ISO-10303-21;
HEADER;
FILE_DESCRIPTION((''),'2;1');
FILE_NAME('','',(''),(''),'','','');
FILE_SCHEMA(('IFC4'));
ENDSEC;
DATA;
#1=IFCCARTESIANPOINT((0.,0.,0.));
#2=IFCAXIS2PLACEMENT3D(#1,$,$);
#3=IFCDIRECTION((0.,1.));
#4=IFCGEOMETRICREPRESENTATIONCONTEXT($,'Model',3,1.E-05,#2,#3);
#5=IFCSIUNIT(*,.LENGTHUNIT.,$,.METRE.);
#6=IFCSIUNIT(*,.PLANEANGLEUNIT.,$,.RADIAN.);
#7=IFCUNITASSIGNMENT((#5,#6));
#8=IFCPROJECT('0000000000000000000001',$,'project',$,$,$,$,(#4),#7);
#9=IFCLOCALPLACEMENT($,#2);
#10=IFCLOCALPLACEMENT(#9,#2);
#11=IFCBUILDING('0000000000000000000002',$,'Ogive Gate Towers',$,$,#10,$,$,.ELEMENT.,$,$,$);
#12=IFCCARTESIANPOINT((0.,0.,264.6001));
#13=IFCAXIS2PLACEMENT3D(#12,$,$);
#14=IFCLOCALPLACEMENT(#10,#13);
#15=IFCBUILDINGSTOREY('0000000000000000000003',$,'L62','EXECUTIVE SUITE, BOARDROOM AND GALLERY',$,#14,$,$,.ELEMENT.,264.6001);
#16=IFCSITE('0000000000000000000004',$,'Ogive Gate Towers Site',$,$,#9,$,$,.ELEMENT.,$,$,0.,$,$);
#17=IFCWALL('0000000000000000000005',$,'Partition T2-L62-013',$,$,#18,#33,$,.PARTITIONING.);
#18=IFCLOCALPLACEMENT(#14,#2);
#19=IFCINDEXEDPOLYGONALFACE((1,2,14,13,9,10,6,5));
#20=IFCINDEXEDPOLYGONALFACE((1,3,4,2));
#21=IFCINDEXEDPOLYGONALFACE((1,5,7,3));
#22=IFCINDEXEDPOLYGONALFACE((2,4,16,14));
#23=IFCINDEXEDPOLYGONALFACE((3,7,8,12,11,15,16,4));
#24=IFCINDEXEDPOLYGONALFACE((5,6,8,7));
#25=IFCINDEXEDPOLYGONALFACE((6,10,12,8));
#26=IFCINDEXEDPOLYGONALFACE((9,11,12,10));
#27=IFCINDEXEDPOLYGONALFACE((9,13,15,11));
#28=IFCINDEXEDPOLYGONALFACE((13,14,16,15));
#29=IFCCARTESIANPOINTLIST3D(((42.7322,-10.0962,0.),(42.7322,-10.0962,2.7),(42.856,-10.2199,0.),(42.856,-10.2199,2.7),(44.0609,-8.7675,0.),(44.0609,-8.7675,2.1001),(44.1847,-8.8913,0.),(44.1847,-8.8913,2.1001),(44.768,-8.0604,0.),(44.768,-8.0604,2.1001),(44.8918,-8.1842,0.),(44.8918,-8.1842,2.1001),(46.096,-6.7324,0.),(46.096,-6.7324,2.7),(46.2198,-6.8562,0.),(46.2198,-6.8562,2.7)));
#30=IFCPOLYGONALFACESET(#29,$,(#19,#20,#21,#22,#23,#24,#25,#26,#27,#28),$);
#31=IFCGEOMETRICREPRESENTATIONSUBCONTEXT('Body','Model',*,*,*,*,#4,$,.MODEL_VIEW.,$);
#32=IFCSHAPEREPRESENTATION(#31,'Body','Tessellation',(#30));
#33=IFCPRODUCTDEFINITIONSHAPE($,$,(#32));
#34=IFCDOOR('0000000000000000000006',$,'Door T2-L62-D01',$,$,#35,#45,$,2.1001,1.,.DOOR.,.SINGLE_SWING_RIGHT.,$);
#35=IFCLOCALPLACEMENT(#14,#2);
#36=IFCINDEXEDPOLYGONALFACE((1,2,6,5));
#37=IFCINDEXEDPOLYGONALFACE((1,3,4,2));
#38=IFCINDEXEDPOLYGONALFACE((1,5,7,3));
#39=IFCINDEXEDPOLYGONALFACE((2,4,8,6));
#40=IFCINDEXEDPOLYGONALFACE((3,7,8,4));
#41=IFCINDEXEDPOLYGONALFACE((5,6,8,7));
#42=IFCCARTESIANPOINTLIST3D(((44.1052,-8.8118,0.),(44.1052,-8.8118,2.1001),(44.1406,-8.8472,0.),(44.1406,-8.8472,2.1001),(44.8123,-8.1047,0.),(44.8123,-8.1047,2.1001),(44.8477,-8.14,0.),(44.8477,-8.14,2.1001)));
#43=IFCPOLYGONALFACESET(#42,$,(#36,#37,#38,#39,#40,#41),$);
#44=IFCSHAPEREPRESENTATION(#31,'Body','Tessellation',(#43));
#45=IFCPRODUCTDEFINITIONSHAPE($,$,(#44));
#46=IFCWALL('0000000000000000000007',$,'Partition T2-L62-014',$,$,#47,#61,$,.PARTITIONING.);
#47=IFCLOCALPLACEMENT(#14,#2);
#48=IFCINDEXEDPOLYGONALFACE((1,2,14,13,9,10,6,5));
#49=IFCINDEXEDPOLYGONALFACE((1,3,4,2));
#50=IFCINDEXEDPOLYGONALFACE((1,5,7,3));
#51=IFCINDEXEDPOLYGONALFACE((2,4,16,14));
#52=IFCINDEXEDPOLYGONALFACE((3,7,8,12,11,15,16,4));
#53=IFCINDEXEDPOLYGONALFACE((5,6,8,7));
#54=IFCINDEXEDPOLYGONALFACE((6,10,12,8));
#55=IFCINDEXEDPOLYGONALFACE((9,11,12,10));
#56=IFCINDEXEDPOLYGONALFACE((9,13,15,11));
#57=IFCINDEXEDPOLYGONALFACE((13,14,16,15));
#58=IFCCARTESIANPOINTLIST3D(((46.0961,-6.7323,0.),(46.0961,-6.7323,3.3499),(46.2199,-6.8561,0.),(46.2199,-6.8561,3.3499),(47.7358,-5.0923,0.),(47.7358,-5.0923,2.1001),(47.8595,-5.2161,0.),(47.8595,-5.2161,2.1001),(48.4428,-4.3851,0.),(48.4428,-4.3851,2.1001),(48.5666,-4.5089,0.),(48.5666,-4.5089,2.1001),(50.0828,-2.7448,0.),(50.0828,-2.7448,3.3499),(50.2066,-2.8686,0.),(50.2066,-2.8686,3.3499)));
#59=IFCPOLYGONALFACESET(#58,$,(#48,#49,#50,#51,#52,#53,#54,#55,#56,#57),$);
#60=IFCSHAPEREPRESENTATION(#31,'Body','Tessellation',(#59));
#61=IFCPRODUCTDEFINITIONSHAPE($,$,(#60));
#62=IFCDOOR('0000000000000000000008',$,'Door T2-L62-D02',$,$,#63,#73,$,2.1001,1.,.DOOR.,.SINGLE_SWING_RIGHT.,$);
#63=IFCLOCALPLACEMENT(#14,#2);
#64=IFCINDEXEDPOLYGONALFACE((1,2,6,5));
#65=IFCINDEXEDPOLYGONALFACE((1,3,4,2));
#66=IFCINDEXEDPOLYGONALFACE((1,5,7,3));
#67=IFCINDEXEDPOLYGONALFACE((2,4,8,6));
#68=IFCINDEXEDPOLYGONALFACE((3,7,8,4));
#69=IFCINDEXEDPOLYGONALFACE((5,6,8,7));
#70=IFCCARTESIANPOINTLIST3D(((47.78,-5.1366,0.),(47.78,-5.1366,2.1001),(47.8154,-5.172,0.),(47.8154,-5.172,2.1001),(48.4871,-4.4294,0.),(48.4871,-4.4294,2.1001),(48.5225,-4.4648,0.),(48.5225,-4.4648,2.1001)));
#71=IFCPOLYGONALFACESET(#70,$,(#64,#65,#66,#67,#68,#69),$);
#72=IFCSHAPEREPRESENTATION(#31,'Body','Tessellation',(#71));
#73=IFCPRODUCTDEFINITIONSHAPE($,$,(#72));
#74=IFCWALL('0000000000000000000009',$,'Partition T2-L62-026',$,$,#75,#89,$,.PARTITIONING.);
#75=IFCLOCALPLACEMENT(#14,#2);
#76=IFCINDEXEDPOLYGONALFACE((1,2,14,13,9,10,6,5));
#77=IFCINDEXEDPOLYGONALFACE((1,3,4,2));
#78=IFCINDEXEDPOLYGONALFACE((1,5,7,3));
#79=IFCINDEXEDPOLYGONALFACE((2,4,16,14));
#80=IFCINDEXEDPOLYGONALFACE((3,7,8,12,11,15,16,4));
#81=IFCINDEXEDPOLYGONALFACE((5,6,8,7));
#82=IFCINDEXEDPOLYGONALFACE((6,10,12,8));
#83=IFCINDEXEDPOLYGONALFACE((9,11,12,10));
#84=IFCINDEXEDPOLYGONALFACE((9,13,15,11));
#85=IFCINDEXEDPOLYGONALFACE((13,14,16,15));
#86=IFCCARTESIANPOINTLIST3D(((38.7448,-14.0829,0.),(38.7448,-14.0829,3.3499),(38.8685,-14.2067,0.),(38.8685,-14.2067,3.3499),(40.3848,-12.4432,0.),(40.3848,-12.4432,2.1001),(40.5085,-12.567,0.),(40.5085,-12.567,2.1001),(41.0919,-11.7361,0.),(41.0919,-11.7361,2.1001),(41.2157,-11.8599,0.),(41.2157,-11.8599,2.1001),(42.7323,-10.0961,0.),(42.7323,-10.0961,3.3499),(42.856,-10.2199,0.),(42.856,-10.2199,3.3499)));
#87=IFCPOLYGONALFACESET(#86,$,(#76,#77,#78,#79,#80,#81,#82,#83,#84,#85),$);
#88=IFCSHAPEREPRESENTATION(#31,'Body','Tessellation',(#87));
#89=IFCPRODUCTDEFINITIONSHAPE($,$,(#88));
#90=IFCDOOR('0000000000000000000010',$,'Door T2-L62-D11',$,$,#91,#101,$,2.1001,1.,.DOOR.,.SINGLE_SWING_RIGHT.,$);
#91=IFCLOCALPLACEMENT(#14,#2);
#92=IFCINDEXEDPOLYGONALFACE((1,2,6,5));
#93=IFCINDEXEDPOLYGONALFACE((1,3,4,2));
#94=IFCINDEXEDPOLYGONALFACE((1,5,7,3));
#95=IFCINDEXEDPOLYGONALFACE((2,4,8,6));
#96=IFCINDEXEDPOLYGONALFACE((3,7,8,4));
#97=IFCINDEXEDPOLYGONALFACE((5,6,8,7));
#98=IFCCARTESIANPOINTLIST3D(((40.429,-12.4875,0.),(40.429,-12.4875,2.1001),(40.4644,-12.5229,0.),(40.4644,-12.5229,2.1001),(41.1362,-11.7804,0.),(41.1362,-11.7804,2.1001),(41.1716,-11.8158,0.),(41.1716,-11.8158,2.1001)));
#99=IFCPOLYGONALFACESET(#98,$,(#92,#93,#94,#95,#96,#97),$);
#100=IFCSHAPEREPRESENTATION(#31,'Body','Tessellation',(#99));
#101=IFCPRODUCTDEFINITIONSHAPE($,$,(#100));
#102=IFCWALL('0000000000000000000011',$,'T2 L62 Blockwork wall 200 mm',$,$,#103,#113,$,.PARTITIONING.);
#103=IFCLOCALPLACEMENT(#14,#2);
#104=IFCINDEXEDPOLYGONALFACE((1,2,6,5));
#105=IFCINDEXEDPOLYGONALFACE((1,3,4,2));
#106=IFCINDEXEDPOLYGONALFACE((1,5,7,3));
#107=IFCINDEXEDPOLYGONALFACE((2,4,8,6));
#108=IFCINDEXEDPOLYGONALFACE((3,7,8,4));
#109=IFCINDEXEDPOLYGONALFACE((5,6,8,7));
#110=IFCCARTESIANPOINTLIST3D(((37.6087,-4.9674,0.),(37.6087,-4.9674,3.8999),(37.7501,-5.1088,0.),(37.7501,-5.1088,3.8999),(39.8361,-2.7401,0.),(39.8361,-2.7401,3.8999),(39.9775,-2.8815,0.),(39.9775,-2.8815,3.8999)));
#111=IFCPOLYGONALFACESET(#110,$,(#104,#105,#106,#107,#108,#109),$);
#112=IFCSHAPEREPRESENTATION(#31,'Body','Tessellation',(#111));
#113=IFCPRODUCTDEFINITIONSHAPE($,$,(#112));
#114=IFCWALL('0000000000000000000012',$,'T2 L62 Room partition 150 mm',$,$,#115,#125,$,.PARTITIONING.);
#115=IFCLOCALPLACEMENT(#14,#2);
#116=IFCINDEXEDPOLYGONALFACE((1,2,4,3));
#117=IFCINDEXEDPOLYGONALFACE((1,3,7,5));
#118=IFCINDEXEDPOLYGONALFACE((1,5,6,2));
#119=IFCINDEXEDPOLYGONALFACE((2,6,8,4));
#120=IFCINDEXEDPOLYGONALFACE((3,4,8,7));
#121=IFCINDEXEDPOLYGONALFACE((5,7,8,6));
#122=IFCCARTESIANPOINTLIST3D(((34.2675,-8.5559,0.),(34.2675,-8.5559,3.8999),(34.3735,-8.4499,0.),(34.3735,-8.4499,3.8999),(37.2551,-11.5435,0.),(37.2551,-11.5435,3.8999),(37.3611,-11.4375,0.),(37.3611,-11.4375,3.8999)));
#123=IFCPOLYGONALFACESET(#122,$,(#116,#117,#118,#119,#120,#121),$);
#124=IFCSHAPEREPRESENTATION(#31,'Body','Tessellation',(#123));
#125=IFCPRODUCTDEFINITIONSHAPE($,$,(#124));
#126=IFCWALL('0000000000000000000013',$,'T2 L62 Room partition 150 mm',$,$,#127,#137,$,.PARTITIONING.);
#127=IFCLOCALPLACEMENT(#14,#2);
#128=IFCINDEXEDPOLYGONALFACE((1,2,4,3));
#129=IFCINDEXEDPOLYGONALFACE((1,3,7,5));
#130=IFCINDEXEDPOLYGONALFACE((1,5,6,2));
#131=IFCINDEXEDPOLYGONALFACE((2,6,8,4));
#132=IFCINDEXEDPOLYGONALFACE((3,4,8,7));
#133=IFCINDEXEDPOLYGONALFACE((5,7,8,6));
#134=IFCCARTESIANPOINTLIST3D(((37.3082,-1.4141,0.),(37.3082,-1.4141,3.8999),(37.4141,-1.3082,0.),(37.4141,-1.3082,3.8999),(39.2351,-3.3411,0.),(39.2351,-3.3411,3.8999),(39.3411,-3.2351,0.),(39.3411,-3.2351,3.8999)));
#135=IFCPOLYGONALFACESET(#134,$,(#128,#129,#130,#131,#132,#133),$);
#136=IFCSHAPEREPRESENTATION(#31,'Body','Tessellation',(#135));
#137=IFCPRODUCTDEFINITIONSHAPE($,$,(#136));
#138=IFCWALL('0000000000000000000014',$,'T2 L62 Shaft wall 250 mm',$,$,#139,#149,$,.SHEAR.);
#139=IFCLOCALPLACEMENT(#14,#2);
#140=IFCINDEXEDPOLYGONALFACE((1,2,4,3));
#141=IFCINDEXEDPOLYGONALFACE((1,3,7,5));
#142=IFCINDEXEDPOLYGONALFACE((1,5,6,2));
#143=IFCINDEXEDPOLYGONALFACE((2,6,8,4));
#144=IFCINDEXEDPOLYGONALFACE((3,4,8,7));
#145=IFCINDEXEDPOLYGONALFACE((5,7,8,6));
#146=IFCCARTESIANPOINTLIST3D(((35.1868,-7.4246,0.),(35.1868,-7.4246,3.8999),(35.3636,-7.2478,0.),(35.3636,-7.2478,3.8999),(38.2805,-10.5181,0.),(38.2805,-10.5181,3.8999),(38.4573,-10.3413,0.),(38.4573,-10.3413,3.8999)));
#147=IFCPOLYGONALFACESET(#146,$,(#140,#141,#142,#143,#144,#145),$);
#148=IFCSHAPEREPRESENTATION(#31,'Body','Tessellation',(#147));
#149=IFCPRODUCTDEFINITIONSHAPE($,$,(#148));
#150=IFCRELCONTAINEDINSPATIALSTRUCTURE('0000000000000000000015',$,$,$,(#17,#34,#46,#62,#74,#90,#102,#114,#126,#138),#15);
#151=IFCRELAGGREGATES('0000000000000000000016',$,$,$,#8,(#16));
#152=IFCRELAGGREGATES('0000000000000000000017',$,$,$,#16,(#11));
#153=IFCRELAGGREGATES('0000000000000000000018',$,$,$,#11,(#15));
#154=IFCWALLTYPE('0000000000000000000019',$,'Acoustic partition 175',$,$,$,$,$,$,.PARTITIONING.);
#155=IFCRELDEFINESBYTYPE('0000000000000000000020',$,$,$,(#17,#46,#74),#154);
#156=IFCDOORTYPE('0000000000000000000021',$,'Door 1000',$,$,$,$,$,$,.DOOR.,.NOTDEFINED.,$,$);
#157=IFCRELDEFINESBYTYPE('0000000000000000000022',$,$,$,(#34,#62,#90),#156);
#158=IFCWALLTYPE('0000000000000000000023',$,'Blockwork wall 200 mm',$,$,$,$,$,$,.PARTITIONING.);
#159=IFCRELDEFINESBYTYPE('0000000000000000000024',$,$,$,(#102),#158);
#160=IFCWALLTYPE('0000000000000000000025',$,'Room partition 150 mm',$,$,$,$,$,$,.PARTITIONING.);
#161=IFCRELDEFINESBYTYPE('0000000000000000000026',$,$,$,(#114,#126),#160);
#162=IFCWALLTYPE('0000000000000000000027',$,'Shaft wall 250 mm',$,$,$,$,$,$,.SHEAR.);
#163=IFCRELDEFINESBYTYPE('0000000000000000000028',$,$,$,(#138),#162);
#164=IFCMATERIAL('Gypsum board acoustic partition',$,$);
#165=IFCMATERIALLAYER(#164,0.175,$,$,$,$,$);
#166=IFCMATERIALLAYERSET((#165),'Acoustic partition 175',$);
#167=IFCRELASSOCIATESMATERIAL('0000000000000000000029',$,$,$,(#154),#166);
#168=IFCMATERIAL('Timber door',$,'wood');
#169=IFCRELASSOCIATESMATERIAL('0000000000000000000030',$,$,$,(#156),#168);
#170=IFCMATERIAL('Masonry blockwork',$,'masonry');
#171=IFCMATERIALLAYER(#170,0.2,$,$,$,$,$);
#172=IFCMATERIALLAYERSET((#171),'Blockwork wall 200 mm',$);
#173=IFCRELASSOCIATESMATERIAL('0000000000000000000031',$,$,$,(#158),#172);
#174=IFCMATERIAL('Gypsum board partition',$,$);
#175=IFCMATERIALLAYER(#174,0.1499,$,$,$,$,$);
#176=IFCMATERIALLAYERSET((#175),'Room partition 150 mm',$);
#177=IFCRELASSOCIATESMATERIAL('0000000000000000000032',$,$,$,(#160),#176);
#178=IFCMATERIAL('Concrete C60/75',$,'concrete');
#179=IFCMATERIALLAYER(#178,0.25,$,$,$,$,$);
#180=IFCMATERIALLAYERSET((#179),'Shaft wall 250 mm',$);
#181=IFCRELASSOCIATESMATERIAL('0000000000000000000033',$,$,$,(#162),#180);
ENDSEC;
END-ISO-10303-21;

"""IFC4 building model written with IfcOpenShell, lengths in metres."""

from ifc_helpers import new_model, si_unit, direction, frame, frame_2d, origin, place, context, subcontext, project, spatial, rectangle, extrude, material, layer, layer_set, type_object, element, fill, save


model = new_model("IFC4")

# Units and contexts
model_context = context("Model", 3, precision=1e-05, world=origin(), true_north=direction((0.0, 1.0)))
body_context = subcontext(model_context, "Body", "Model", "MODEL_VIEW")
ifc_project = project(units=[si_unit("LENGTHUNIT", "METRE"), si_unit("PLANEANGLEUNIT", "RADIAN")], contexts=[model_context])

# Site, building, storey
site_placement = place(None, origin())
site = spatial("IfcSite", under=ifc_project, at=site_placement, Name="Ogive Gate Towers Site", CompositionType="ELEMENT", RefElevation=0.0)
building_placement = place(site_placement, origin())
building = spatial("IfcBuilding", under=site, at=building_placement, Name="Ogive Gate Towers", CompositionType="ELEMENT")
storey_placement = place(building_placement, frame((0.0, 0.0, 264.6001)))
storey = spatial("IfcBuildingStorey", under=building, at=storey_placement, Name="L62", Description="EXECUTIVE SUITE, BOARDROOM AND GALLERY", CompositionType="ELEMENT", Elevation=264.6001)

# Shared definitions
ifc_material_1 = material(Name="Gypsum board acoustic partition")
ifc_layer_1 = layer(ifc_material_1, 0.175)
ifc_layer_set_1 = layer_set([ifc_layer_1], Name="Acoustic partition 175")
wall_type_1 = type_object("IfcWallType", Name="Acoustic partition 175", PredefinedType="PARTITIONING", material=ifc_layer_set_1)

# Walls, openings, doors
wall_1_placement = place(storey_placement, frame((42.7942, -10.158, 0.0), z_axis=(0.0, 0.0, 1.0), x_axis=(0.707107, 0.707107, 0.0)))
wall_1 = element("IfcWall", 1, at=wall_1_placement, inside=storey, type_object=wall_type_1, Name="Partition T2-L62-013", PredefinedType="PARTITIONING", context=body_context, shape_type="SweptSolid", body=[
    extrude(rectangle(XDim=4.7571, YDim=0.175, at=frame_2d((2.3784, 0.0))), origin(), (0.0, 0.0, 1.0), 2.7),
])
opening_1_placement = place(wall_1_placement, frame((1.8789, 0.0, 0.0)))
opening_1 = element("IfcOpeningElement", 2, at=opening_1_placement, cuts=wall_1, PredefinedType="OPENING", context=body_context, shape_type="SweptSolid", body=[
    extrude(rectangle(XDim=1.0, YDim=2.1001, at=frame_2d((0.5, 1.05))), frame((0.0, 0.0977, 0.0), z_axis=(0.0, -1.0, 0.0), x_axis=(1.0, 0.0, 0.0)), (0.0, 0.0, 1.0), 0.1951),
])
ifc_material_2 = material(Name="Timber door", Category="wood")
door_type_1 = type_object("IfcDoorType", Name="Door 1000", OperationType="NOTDEFINED", PredefinedType="DOOR", material=ifc_material_2)
door_1_placement = place(opening_1_placement, origin())
door_1 = element("IfcDoor", 3, at=door_1_placement, inside=storey, type_object=door_type_1, Name="Door T2-L62-D01", OperationType="SINGLE_SWING_RIGHT", OverallHeight=2.1001, OverallWidth=1.0, PredefinedType="DOOR", context=body_context, shape_type="SweptSolid", body=[
    extrude(rectangle(XDim=1.0, YDim=2.1001, at=frame_2d((0.5, 1.05))), frame((0.0, 0.0249, 0.0), z_axis=(0.0, -1.0, 0.0), x_axis=(1.0, 0.0, 0.0)), (0.0, 0.0, 1.0), 0.05),
])
fill(opening_1, door_1)
wall_2_placement = place(storey_placement, frame((46.158, -6.7942, 0.0), z_axis=(0.0, 0.0, 1.0), x_axis=(0.707042, 0.707172, 0.0)))
wall_2 = element("IfcWall", 4, at=wall_2_placement, inside=storey, type_object=wall_type_1, Name="Partition T2-L62-014", PredefinedType="PARTITIONING", context=body_context, shape_type="SweptSolid", body=[
    extrude(rectangle(XDim=5.6387, YDim=0.175, at=frame_2d((2.8193, 0.0))), origin(), (0.0, 0.0, 1.0), 3.3499),
])
opening_2_placement = place(wall_2_placement, frame((2.3191, 0.0, 0.0)))
opening_2 = element("IfcOpeningElement", 5, at=opening_2_placement, cuts=wall_2, PredefinedType="OPENING", context=body_context, shape_type="SweptSolid", body=[
    extrude(rectangle(XDim=1.0, YDim=2.1001, at=frame_2d((0.5, 1.05))), frame((0.0, 0.0977, 0.0), z_axis=(0.0, -1.0, 0.0), x_axis=(1.0, 0.0, 0.0)), (0.0, 0.0, 1.0), 0.1951),
])
door_2_placement = place(opening_2_placement, origin())
door_2 = element("IfcDoor", 6, at=door_2_placement, inside=storey, type_object=door_type_1, Name="Door T2-L62-D02", OperationType="SINGLE_SWING_RIGHT", OverallHeight=2.1001, OverallWidth=1.0, PredefinedType="DOOR", context=body_context, shape_type="SweptSolid", body=[
    extrude(rectangle(XDim=1.0, YDim=2.1001, at=frame_2d((0.5, 1.05))), frame((0.0, 0.0249, 0.0), z_axis=(0.0, -1.0, 0.0), x_axis=(1.0, 0.0, 0.0)), (0.0, 0.0, 1.0), 0.05),
])
fill(opening_2, door_2)
wall_3_placement = place(storey_placement, frame((38.8066, -14.1448, 0.0), z_axis=(0.0, 0.0, 1.0), x_axis=(0.707172, 0.707042, 0.0)))
wall_3 = element("IfcWall", 7, at=wall_3_placement, inside=storey, type_object=wall_type_1, Name="Partition T2-L62-026", PredefinedType="PARTITIONING", context=body_context, shape_type="SweptSolid", body=[
    extrude(rectangle(XDim=5.6387, YDim=0.175, at=frame_2d((2.8193, 0.0))), origin(), (0.0, 0.0, 1.0), 3.3499),
])
opening_3_placement = place(wall_3_placement, frame((2.3191, 0.0, 0.0)))
opening_3 = element("IfcOpeningElement", 8, at=opening_3_placement, cuts=wall_3, PredefinedType="OPENING", context=body_context, shape_type="SweptSolid", body=[
    extrude(rectangle(XDim=1.0, YDim=2.1001, at=frame_2d((0.5, 1.05))), frame((0.0, 0.0977, 0.0), z_axis=(0.0, -1.0, 0.0), x_axis=(1.0, 0.0, 0.0)), (0.0, 0.0, 1.0), 0.1951),
])
door_3_placement = place(opening_3_placement, origin())
door_3 = element("IfcDoor", 9, at=door_3_placement, inside=storey, type_object=door_type_1, Name="Door T2-L62-D11", OperationType="SINGLE_SWING_RIGHT", OverallHeight=2.1001, OverallWidth=1.0, PredefinedType="DOOR", context=body_context, shape_type="SweptSolid", body=[
    extrude(rectangle(XDim=1.0, YDim=2.1001, at=frame_2d((0.5, 1.05))), frame((0.0, 0.0249, 0.0), z_axis=(0.0, -1.0, 0.0), x_axis=(1.0, 0.0, 0.0)), (0.0, 0.0, 1.0), 0.05),
])
fill(opening_3, door_3)

# Walls
ifc_material_3 = material(Name="Masonry blockwork", Category="masonry")
ifc_layer_2 = layer(ifc_material_3, 0.2)
ifc_layer_set_2 = layer_set([ifc_layer_2], Name="Blockwork wall 200 mm")
wall_type_2 = type_object("IfcWallType", Name="Blockwork wall 200 mm", PredefinedType="PARTITIONING", material=ifc_layer_set_2)
wall_4_placement = place(storey_placement, frame((37.6794, -5.0381, 0.0), z_axis=(0.0, 0.0, 1.0), x_axis=(0.707107, 0.707107, 0.0)))
element("IfcWall", 10, at=wall_4_placement, inside=storey, type_object=wall_type_2, Name="T2 L62 Blockwork wall 200 mm", PredefinedType="PARTITIONING", context=body_context, shape_type="SweptSolid", body=[
    extrude(rectangle(XDim=3.1499, YDim=0.2, at=frame_2d((1.575, 0.0))), origin(), (0.0, 0.0, 1.0), 3.8999),
])
ifc_material_4 = material(Name="Gypsum board partition")
ifc_layer_3 = layer(ifc_material_4, 0.1499)
ifc_layer_set_3 = layer_set([ifc_layer_3], Name="Room partition 150 mm")
wall_type_3 = type_object("IfcWallType", Name="Room partition 150 mm", PredefinedType="PARTITIONING", material=ifc_layer_set_3)
wall_5_placement = place(storey_placement, frame((37.3081, -11.4905, 0.0), z_axis=(0.0, 0.0, 1.0), x_axis=(-0.707107, 0.707107, 0.0)))
element("IfcWall", 11, at=wall_5_placement, inside=storey, type_object=wall_type_3, Name="T2 L62 Room partition 150 mm", PredefinedType="PARTITIONING", context=body_context, shape_type="SweptSolid", body=[
    extrude(rectangle(XDim=4.2251, YDim=0.1499, at=frame_2d((2.1125, 0.0))), origin(), (0.0, 0.0, 1.0), 3.8999),
])
wall_6_placement = place(storey_placement, frame((39.2881, -3.2881, 0.0), z_axis=(0.0, 0.0, 1.0), x_axis=(-0.707107, 0.707107, 0.0)))
element("IfcWall", 12, at=wall_6_placement, inside=storey, type_object=wall_type_3, Name="T2 L62 Room partition 150 mm", PredefinedType="PARTITIONING", context=body_context, shape_type="SweptSolid", body=[
    extrude(rectangle(XDim=2.7251, YDim=0.1499, at=frame_2d((1.3625, 0.0))), origin(), (0.0, 0.0, 1.0), 3.8999),
])
ifc_material_5 = material(Name="Concrete C60/75", Category="concrete")
ifc_layer_4 = layer(ifc_material_5, 0.25)
ifc_layer_set_4 = layer_set([ifc_layer_4], Name="Shaft wall 250 mm")
wall_type_4 = type_object("IfcWallType", Name="Shaft wall 250 mm", PredefinedType="SHEAR", material=ifc_layer_set_4)
wall_7_placement = place(storey_placement, frame((38.3689, -10.4297, 0.0), z_axis=(0.0, 0.0, 1.0), x_axis=(-0.707135, 0.707079, 0.0)))
element("IfcWall", 13, at=wall_7_placement, inside=storey, type_object=wall_type_4, Name="T2 L62 Shaft wall 250 mm", PredefinedType="SHEAR", context=body_context, shape_type="SweptSolid", body=[
    extrude(rectangle(XDim=4.375, YDim=0.25, at=frame_2d((2.1875, 0.0))), origin(), (0.0, 0.0, 1.0), 3.8999),
])

save(model, "model.ifc")
